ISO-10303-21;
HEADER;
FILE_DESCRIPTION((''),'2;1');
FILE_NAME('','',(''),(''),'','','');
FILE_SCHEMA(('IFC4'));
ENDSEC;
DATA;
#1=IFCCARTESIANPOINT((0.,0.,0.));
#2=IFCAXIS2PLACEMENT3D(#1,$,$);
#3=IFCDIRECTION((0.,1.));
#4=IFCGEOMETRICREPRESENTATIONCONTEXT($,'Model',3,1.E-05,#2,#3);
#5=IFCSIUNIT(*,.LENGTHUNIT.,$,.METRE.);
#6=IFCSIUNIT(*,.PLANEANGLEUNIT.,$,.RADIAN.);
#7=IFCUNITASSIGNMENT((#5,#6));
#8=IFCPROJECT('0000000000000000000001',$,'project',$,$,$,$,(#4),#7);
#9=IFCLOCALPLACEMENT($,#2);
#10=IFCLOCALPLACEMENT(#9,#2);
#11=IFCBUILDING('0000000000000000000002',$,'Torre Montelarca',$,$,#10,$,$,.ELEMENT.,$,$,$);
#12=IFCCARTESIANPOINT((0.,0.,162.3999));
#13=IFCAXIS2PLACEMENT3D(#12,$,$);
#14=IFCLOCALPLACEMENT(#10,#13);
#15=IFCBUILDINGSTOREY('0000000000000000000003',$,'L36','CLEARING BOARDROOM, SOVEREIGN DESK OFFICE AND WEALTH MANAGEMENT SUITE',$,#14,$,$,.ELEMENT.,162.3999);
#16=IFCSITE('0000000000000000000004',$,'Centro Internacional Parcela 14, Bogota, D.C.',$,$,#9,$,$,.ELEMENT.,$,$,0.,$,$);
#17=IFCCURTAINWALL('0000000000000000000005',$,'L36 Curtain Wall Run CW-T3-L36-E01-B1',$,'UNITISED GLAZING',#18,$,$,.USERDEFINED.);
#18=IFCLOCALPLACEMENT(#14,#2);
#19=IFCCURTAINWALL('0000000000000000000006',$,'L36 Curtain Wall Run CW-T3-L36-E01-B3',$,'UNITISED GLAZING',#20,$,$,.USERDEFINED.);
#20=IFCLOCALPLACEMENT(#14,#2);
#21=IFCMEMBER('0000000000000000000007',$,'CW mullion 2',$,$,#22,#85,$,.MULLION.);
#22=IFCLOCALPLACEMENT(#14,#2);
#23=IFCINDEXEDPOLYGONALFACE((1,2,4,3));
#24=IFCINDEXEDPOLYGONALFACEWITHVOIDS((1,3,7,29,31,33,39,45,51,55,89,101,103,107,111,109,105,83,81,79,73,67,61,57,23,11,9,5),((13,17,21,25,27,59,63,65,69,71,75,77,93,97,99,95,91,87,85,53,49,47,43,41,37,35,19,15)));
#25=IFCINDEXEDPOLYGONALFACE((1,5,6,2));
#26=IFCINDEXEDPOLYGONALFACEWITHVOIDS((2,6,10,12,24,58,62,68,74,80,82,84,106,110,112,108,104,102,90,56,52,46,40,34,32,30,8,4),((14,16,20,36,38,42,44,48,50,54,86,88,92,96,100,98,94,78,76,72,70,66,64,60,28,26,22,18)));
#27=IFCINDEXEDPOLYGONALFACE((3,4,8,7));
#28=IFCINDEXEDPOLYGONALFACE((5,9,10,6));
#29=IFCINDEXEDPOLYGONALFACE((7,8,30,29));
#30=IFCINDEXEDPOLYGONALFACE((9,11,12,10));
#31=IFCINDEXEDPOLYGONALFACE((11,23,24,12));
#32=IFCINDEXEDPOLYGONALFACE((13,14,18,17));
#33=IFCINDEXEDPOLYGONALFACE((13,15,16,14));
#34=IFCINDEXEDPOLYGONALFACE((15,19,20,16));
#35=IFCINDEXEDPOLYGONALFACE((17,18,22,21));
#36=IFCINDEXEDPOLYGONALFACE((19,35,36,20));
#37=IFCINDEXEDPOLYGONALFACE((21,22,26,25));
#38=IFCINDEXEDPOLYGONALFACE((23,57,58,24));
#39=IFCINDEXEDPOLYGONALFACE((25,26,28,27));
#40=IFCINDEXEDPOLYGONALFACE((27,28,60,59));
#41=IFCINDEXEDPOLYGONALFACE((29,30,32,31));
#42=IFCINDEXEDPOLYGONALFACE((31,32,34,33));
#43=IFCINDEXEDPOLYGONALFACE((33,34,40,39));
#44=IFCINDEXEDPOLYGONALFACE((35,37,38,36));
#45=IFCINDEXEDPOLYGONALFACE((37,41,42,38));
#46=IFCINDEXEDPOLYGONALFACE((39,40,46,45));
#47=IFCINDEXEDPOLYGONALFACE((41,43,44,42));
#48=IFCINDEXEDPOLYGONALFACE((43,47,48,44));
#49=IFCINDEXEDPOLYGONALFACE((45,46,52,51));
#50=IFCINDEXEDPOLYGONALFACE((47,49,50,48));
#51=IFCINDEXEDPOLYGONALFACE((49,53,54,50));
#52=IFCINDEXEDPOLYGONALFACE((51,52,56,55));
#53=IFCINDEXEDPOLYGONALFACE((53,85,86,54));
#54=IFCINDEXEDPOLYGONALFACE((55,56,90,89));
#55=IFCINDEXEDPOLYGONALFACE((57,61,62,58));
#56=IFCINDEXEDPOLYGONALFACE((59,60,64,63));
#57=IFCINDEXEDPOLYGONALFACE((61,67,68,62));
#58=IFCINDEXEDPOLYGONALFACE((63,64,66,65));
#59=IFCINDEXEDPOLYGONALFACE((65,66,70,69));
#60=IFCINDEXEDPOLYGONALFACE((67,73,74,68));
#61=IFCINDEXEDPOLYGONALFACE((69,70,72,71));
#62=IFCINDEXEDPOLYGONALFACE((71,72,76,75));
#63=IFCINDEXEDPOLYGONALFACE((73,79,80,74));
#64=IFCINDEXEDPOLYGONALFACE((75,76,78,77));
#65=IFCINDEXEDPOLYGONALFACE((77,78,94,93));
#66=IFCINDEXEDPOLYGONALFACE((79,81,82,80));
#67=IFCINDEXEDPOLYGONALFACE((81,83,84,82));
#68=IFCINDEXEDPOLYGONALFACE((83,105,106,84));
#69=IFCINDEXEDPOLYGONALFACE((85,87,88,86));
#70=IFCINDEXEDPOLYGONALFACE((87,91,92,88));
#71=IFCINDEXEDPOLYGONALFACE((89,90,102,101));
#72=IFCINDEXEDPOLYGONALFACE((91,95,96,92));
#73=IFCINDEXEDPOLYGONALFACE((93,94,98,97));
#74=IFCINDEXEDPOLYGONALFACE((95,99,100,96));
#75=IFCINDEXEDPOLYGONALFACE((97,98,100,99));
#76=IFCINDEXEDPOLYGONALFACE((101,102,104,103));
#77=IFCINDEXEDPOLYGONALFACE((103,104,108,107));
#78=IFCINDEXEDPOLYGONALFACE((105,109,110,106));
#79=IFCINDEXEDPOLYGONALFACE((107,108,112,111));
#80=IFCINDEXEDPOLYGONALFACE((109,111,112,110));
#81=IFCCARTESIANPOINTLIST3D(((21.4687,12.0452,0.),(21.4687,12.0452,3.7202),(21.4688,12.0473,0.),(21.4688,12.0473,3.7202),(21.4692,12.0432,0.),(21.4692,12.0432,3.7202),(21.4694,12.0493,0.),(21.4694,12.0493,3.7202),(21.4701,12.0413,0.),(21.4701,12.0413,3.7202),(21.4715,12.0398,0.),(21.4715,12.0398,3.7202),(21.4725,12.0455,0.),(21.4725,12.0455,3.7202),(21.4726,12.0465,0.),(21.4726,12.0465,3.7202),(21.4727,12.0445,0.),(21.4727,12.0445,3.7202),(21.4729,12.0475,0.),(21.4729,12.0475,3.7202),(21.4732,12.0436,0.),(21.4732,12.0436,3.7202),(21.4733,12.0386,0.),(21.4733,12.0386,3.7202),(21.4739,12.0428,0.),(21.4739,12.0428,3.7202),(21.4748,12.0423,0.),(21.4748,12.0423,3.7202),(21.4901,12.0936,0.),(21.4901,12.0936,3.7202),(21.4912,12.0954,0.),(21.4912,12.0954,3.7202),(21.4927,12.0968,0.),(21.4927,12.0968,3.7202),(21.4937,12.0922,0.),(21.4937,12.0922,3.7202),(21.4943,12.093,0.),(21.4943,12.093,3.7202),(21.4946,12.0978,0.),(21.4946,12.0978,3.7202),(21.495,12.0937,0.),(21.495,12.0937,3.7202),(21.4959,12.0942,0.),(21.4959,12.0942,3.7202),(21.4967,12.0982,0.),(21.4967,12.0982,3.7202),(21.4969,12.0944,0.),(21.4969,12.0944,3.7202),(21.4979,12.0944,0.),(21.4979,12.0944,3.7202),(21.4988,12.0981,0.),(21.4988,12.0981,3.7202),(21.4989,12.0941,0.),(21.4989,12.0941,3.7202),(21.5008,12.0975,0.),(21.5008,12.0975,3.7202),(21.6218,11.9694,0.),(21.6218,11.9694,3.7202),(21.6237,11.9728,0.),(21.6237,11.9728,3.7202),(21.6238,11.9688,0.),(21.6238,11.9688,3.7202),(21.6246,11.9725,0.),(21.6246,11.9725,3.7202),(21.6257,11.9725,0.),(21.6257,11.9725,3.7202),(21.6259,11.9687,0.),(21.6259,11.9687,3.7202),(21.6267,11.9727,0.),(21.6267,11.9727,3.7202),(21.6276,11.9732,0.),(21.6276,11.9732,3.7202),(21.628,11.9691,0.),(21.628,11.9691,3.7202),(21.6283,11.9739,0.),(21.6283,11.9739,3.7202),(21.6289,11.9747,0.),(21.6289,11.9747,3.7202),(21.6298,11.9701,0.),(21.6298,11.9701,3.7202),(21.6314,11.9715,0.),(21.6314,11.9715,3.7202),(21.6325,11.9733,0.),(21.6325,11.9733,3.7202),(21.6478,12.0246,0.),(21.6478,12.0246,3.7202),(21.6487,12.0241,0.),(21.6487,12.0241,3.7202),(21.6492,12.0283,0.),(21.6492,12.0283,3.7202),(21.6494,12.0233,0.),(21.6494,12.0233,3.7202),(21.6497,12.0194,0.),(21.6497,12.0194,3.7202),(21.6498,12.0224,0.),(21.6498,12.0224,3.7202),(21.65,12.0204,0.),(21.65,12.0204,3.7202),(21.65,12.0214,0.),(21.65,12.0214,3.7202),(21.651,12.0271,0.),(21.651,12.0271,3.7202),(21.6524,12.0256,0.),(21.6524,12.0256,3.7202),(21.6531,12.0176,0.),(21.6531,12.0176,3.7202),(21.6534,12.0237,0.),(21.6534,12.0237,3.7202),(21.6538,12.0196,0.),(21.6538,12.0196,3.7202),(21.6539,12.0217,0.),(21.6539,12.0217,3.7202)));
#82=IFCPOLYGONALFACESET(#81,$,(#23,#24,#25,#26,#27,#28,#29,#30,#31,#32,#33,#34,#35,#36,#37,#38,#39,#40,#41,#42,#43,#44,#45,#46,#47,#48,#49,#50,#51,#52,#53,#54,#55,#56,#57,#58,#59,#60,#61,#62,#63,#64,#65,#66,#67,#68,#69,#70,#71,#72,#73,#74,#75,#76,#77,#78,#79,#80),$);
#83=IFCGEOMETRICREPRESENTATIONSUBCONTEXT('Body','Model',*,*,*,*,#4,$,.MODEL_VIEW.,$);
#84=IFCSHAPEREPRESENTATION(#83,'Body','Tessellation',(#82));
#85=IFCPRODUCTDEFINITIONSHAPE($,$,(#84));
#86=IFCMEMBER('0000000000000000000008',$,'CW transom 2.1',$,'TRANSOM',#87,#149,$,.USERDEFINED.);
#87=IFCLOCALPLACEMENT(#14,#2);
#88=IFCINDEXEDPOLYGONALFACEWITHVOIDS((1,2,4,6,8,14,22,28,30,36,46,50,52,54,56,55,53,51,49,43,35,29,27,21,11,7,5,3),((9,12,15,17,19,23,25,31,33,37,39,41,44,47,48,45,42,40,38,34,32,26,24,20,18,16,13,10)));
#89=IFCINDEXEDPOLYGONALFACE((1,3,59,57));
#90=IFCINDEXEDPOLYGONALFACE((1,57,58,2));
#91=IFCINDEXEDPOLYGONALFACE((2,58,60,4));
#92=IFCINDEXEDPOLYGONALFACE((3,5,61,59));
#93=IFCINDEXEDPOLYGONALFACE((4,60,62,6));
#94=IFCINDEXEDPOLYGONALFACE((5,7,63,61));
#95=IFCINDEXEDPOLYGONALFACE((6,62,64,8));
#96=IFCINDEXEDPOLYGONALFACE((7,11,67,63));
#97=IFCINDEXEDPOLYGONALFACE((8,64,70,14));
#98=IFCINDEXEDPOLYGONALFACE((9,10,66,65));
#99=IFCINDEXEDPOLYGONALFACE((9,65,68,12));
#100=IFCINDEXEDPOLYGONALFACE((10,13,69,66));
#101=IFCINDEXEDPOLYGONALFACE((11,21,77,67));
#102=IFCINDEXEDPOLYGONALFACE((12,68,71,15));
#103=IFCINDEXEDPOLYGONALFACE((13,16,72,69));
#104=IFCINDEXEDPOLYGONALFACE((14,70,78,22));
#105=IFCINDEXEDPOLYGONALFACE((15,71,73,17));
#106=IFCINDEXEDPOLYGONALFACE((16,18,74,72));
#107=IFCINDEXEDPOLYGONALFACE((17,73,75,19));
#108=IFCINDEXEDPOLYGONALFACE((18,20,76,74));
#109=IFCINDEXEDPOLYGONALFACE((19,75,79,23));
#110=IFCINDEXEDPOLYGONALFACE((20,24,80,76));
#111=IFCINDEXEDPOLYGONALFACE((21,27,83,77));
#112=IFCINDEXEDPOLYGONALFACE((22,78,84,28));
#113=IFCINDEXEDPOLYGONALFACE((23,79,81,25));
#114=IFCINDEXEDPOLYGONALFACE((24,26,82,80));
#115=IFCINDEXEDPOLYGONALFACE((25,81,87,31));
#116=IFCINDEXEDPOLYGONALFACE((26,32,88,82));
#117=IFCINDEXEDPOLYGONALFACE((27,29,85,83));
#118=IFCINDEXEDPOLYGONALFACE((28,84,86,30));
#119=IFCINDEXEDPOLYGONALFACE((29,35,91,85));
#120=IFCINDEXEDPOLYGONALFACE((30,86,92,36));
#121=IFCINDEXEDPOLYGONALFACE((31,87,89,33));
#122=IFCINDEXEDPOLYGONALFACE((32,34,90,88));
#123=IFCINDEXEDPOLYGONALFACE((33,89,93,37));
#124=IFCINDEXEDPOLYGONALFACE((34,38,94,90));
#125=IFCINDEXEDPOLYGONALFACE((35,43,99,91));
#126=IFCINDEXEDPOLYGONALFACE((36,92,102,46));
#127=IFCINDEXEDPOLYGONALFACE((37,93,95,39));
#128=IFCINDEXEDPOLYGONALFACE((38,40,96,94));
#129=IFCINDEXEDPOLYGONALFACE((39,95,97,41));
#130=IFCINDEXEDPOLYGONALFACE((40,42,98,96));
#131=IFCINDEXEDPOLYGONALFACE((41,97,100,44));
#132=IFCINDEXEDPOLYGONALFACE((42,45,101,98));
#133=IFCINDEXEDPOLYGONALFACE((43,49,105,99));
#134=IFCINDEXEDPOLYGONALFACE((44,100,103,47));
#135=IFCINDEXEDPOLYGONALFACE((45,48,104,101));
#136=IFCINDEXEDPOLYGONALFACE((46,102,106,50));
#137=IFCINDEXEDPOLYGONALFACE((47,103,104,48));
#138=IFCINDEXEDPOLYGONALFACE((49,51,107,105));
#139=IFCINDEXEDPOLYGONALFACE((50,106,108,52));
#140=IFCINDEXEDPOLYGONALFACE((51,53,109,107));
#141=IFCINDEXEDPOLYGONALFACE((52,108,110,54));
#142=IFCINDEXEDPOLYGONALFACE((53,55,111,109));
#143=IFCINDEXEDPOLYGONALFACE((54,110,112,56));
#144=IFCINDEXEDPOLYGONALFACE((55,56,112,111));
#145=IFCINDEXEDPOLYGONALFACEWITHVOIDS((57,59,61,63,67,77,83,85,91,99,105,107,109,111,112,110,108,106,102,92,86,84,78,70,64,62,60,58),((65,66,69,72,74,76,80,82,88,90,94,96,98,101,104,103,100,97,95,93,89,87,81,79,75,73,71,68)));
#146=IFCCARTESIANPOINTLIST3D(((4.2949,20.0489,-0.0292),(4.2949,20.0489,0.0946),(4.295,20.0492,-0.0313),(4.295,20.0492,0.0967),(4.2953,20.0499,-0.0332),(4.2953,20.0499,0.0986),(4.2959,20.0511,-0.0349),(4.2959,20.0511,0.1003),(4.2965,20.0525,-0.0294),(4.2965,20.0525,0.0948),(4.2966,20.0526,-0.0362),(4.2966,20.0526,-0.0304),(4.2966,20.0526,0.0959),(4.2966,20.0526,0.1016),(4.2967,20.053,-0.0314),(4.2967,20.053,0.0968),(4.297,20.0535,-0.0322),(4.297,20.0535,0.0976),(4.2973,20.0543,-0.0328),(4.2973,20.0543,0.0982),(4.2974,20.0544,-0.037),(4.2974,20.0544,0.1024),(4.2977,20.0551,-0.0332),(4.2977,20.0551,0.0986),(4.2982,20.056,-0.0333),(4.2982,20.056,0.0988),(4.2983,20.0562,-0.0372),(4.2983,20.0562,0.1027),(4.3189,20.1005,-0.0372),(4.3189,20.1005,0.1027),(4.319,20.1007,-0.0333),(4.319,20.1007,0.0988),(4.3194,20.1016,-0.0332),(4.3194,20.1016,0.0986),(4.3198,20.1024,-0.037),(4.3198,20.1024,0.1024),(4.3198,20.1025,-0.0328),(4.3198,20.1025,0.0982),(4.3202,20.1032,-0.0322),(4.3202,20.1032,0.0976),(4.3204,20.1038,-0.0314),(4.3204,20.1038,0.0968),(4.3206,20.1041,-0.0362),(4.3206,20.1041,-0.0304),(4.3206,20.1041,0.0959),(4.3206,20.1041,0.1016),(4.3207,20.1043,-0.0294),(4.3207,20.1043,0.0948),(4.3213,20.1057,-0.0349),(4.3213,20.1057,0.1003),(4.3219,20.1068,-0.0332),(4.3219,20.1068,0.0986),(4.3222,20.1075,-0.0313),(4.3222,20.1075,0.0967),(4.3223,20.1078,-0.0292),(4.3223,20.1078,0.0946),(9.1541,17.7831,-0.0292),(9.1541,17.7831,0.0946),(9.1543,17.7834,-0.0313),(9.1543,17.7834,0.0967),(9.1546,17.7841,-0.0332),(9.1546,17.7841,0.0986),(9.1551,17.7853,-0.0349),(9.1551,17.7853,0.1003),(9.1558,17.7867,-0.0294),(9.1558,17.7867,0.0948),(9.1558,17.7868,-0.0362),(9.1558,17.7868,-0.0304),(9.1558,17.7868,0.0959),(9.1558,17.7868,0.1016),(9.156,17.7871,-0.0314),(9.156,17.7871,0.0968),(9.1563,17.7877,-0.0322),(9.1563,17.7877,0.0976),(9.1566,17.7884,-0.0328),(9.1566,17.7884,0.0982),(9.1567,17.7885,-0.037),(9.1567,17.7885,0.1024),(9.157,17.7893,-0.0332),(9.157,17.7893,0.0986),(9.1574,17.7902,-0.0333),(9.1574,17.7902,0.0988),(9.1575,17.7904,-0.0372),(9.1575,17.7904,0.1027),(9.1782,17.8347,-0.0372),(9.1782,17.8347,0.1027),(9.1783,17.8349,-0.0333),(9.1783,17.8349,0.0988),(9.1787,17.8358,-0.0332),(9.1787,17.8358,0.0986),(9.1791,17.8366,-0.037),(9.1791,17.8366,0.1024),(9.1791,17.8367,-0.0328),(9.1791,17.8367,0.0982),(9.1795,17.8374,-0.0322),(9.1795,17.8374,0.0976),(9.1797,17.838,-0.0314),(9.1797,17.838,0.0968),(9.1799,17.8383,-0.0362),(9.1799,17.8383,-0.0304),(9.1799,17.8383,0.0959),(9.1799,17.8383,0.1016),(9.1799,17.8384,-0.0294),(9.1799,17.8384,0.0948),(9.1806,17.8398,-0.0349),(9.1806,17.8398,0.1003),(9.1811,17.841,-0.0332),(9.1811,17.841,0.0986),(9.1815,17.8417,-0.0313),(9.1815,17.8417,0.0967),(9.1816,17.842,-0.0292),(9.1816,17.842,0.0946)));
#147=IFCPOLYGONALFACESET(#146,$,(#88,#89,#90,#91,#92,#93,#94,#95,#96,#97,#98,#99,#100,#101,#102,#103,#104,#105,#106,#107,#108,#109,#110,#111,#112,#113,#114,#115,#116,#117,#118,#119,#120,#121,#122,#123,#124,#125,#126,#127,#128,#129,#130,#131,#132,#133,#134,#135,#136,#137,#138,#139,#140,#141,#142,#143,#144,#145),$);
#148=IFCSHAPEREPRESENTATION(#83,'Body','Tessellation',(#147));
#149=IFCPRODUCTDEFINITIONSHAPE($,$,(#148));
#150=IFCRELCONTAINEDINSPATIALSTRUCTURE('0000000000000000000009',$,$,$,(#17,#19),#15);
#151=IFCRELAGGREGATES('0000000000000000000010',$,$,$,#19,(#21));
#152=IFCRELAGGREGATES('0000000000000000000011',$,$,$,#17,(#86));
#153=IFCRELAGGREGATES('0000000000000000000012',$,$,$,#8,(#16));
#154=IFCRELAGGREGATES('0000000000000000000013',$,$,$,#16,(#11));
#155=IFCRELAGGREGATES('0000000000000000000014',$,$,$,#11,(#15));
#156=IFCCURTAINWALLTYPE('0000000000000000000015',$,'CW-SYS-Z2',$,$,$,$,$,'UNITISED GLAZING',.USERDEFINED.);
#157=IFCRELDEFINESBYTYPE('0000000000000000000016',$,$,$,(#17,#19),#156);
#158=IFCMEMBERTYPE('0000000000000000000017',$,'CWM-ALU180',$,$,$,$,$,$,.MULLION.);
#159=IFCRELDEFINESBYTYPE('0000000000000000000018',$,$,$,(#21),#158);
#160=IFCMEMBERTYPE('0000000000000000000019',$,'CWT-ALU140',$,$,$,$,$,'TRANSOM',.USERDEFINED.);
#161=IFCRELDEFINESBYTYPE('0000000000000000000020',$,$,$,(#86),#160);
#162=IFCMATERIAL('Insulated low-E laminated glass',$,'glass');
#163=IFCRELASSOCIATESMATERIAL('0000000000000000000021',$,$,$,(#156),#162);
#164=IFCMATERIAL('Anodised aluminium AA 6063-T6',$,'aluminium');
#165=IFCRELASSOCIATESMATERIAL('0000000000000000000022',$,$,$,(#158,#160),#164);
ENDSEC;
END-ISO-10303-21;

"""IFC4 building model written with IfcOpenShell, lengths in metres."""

from ifc_helpers import new_model, si_unit, direction, frame, origin, origin_2d, place, context, subcontext, project, spatial, hollow_rectangle, extrude, source, transform, mapped, material, material_profile, profile_set, type_object, element, aggregate, save


model = new_model("IFC4")

# Units and contexts
model_context = context("Model", 3, precision=1e-05, world=origin(), true_north=direction((0.0, 1.0)))
body_context = subcontext(model_context, "Body", "Model", "MODEL_VIEW")
ifc_project = project(units=[si_unit("LENGTHUNIT", "METRE"), si_unit("PLANEANGLEUNIT", "RADIAN")], contexts=[model_context])

# Site, building, storey
site_placement = place(None, origin())
site = spatial("IfcSite", under=ifc_project, at=site_placement, Name="Centro Internacional Parcela 14, Bogota, D.C.", CompositionType="ELEMENT", RefElevation=0.0)
building_placement = place(site_placement, origin())
building = spatial("IfcBuilding", under=site, at=building_placement, Name="Torre Montelarca", CompositionType="ELEMENT")
storey_placement = place(building_placement, frame((0.0, 0.0, 162.3999)))
storey = spatial("IfcBuildingStorey", under=building, at=storey_placement, Name="L36", Description="CLEARING BOARDROOM, SOVEREIGN DESK OFFICE AND WEALTH MANAGEMENT SUITE", CompositionType="ELEMENT", Elevation=162.3999)

# Curtain walls, member
ifc_material_1 = material(Name="Insulated low-E laminated glass", Category="glass")
curtain_wall_type = type_object("IfcCurtainWallType", Name="CW-SYS-Z2", ElementType="UNITISED GLAZING", PredefinedType="USERDEFINED", material=ifc_material_1)
curtain_wall_1_placement = place(storey_placement, origin())
curtain_wall_1 = element("IfcCurtainWall", 1, at=curtain_wall_1_placement, inside=storey, type_object=curtain_wall_type, Name="L36 Curtain Wall Run CW-T3-L36-E01-B1", ObjectType="UNITISED GLAZING", PredefinedType="USERDEFINED")
ifc_material_2 = material(Name="Anodised aluminium AA 6063-T6", Category="aluminium")
ifc_material_profile_1 = material_profile(ifc_material_2, hollow_rectangle(XDim=0.0649, YDim=0.1799, WallThickness=0.0039, InnerFilletRadius=0.0039, OuterFilletRadius=0.0081, at=origin_2d()), Name="ALU65X180X4", Category="aluminium")
ifc_profile_set_1 = profile_set([ifc_material_profile_1], Name="Anodised aluminium AA 6063-T6")
member_type_1 = type_object("IfcMemberType", Name="CWM-ALU180", PredefinedType="MULLION", material=ifc_profile_set_1)
shared_shape_1 = source(origin(), body_context, "Body", "SweptSolid", [
    extrude(hollow_rectangle(XDim=0.0649, YDim=0.1799, WallThickness=0.0039, InnerFilletRadius=0.0039, OuterFilletRadius=0.0081, at=origin_2d()), origin(), (0.0, 0.0, 1.0), 3.7202),
])
curtain_wall_2_placement = place(storey_placement, origin())
curtain_wall_2 = element("IfcCurtainWall", 2, at=curtain_wall_2_placement, inside=storey, type_object=curtain_wall_type, Name="L36 Curtain Wall Run CW-T3-L36-E01-B3", ObjectType="UNITISED GLAZING", PredefinedType="USERDEFINED")
member_1_placement = place(storey_placement, frame((21.5613, 12.0334, 0.0), z_axis=(0.0, 0.0, 1.0), x_axis=(0.422603, 0.906315, 0.0)))
member_1 = element("IfcMember", 3, at=member_1_placement, type_object=member_type_1, Name="CW mullion 2", PredefinedType="MULLION", context=body_context, shape_type="MappedRepresentation", body=[
    mapped(shared_shape_1, transform((0.0, 0.0, 0.0), scale=1.0)),
])

# Member
ifc_material_profile_2 = material_profile(ifc_material_2, hollow_rectangle(XDim=0.0649, YDim=0.1399, WallThickness=0.0039, InnerFilletRadius=0.0039, OuterFilletRadius=0.0081, at=origin_2d()), Name="ALU65X140X4", Category="aluminium")
ifc_profile_set_2 = profile_set([ifc_material_profile_2], Name="Anodised aluminium AA 6063-T6")
member_type_2 = type_object("IfcMemberType", Name="CWT-ALU140", ElementType="TRANSOM", PredefinedType="USERDEFINED", material=ifc_profile_set_2)
shared_shape_2 = source(origin(), body_context, "Body", "SweptSolid", [
    extrude(hollow_rectangle(XDim=0.0649, YDim=0.1399, WallThickness=0.0039, InnerFilletRadius=0.0039, OuterFilletRadius=0.0081, at=origin_2d()), origin(), (0.0, 0.0, 1.0), 5.3616),
])
member_2_placement = place(storey_placement, frame((4.3086, 20.0784, 0.0327), z_axis=(0.906315, -0.422604, 0.0), x_axis=(0.422604, 0.906315, 0.0)))
member_2 = element("IfcMember", 4, at=member_2_placement, type_object=member_type_2, Name="CW transom 2.1", ObjectType="TRANSOM", PredefinedType="USERDEFINED", context=body_context, shape_type="MappedRepresentation", body=[
    mapped(shared_shape_2, transform((0.0, 0.0, 0.0), scale=1.0)),
])

aggregate(curtain_wall_2, [member_1])
aggregate(curtain_wall_1, [member_2])

save(model, "model.ifc")
